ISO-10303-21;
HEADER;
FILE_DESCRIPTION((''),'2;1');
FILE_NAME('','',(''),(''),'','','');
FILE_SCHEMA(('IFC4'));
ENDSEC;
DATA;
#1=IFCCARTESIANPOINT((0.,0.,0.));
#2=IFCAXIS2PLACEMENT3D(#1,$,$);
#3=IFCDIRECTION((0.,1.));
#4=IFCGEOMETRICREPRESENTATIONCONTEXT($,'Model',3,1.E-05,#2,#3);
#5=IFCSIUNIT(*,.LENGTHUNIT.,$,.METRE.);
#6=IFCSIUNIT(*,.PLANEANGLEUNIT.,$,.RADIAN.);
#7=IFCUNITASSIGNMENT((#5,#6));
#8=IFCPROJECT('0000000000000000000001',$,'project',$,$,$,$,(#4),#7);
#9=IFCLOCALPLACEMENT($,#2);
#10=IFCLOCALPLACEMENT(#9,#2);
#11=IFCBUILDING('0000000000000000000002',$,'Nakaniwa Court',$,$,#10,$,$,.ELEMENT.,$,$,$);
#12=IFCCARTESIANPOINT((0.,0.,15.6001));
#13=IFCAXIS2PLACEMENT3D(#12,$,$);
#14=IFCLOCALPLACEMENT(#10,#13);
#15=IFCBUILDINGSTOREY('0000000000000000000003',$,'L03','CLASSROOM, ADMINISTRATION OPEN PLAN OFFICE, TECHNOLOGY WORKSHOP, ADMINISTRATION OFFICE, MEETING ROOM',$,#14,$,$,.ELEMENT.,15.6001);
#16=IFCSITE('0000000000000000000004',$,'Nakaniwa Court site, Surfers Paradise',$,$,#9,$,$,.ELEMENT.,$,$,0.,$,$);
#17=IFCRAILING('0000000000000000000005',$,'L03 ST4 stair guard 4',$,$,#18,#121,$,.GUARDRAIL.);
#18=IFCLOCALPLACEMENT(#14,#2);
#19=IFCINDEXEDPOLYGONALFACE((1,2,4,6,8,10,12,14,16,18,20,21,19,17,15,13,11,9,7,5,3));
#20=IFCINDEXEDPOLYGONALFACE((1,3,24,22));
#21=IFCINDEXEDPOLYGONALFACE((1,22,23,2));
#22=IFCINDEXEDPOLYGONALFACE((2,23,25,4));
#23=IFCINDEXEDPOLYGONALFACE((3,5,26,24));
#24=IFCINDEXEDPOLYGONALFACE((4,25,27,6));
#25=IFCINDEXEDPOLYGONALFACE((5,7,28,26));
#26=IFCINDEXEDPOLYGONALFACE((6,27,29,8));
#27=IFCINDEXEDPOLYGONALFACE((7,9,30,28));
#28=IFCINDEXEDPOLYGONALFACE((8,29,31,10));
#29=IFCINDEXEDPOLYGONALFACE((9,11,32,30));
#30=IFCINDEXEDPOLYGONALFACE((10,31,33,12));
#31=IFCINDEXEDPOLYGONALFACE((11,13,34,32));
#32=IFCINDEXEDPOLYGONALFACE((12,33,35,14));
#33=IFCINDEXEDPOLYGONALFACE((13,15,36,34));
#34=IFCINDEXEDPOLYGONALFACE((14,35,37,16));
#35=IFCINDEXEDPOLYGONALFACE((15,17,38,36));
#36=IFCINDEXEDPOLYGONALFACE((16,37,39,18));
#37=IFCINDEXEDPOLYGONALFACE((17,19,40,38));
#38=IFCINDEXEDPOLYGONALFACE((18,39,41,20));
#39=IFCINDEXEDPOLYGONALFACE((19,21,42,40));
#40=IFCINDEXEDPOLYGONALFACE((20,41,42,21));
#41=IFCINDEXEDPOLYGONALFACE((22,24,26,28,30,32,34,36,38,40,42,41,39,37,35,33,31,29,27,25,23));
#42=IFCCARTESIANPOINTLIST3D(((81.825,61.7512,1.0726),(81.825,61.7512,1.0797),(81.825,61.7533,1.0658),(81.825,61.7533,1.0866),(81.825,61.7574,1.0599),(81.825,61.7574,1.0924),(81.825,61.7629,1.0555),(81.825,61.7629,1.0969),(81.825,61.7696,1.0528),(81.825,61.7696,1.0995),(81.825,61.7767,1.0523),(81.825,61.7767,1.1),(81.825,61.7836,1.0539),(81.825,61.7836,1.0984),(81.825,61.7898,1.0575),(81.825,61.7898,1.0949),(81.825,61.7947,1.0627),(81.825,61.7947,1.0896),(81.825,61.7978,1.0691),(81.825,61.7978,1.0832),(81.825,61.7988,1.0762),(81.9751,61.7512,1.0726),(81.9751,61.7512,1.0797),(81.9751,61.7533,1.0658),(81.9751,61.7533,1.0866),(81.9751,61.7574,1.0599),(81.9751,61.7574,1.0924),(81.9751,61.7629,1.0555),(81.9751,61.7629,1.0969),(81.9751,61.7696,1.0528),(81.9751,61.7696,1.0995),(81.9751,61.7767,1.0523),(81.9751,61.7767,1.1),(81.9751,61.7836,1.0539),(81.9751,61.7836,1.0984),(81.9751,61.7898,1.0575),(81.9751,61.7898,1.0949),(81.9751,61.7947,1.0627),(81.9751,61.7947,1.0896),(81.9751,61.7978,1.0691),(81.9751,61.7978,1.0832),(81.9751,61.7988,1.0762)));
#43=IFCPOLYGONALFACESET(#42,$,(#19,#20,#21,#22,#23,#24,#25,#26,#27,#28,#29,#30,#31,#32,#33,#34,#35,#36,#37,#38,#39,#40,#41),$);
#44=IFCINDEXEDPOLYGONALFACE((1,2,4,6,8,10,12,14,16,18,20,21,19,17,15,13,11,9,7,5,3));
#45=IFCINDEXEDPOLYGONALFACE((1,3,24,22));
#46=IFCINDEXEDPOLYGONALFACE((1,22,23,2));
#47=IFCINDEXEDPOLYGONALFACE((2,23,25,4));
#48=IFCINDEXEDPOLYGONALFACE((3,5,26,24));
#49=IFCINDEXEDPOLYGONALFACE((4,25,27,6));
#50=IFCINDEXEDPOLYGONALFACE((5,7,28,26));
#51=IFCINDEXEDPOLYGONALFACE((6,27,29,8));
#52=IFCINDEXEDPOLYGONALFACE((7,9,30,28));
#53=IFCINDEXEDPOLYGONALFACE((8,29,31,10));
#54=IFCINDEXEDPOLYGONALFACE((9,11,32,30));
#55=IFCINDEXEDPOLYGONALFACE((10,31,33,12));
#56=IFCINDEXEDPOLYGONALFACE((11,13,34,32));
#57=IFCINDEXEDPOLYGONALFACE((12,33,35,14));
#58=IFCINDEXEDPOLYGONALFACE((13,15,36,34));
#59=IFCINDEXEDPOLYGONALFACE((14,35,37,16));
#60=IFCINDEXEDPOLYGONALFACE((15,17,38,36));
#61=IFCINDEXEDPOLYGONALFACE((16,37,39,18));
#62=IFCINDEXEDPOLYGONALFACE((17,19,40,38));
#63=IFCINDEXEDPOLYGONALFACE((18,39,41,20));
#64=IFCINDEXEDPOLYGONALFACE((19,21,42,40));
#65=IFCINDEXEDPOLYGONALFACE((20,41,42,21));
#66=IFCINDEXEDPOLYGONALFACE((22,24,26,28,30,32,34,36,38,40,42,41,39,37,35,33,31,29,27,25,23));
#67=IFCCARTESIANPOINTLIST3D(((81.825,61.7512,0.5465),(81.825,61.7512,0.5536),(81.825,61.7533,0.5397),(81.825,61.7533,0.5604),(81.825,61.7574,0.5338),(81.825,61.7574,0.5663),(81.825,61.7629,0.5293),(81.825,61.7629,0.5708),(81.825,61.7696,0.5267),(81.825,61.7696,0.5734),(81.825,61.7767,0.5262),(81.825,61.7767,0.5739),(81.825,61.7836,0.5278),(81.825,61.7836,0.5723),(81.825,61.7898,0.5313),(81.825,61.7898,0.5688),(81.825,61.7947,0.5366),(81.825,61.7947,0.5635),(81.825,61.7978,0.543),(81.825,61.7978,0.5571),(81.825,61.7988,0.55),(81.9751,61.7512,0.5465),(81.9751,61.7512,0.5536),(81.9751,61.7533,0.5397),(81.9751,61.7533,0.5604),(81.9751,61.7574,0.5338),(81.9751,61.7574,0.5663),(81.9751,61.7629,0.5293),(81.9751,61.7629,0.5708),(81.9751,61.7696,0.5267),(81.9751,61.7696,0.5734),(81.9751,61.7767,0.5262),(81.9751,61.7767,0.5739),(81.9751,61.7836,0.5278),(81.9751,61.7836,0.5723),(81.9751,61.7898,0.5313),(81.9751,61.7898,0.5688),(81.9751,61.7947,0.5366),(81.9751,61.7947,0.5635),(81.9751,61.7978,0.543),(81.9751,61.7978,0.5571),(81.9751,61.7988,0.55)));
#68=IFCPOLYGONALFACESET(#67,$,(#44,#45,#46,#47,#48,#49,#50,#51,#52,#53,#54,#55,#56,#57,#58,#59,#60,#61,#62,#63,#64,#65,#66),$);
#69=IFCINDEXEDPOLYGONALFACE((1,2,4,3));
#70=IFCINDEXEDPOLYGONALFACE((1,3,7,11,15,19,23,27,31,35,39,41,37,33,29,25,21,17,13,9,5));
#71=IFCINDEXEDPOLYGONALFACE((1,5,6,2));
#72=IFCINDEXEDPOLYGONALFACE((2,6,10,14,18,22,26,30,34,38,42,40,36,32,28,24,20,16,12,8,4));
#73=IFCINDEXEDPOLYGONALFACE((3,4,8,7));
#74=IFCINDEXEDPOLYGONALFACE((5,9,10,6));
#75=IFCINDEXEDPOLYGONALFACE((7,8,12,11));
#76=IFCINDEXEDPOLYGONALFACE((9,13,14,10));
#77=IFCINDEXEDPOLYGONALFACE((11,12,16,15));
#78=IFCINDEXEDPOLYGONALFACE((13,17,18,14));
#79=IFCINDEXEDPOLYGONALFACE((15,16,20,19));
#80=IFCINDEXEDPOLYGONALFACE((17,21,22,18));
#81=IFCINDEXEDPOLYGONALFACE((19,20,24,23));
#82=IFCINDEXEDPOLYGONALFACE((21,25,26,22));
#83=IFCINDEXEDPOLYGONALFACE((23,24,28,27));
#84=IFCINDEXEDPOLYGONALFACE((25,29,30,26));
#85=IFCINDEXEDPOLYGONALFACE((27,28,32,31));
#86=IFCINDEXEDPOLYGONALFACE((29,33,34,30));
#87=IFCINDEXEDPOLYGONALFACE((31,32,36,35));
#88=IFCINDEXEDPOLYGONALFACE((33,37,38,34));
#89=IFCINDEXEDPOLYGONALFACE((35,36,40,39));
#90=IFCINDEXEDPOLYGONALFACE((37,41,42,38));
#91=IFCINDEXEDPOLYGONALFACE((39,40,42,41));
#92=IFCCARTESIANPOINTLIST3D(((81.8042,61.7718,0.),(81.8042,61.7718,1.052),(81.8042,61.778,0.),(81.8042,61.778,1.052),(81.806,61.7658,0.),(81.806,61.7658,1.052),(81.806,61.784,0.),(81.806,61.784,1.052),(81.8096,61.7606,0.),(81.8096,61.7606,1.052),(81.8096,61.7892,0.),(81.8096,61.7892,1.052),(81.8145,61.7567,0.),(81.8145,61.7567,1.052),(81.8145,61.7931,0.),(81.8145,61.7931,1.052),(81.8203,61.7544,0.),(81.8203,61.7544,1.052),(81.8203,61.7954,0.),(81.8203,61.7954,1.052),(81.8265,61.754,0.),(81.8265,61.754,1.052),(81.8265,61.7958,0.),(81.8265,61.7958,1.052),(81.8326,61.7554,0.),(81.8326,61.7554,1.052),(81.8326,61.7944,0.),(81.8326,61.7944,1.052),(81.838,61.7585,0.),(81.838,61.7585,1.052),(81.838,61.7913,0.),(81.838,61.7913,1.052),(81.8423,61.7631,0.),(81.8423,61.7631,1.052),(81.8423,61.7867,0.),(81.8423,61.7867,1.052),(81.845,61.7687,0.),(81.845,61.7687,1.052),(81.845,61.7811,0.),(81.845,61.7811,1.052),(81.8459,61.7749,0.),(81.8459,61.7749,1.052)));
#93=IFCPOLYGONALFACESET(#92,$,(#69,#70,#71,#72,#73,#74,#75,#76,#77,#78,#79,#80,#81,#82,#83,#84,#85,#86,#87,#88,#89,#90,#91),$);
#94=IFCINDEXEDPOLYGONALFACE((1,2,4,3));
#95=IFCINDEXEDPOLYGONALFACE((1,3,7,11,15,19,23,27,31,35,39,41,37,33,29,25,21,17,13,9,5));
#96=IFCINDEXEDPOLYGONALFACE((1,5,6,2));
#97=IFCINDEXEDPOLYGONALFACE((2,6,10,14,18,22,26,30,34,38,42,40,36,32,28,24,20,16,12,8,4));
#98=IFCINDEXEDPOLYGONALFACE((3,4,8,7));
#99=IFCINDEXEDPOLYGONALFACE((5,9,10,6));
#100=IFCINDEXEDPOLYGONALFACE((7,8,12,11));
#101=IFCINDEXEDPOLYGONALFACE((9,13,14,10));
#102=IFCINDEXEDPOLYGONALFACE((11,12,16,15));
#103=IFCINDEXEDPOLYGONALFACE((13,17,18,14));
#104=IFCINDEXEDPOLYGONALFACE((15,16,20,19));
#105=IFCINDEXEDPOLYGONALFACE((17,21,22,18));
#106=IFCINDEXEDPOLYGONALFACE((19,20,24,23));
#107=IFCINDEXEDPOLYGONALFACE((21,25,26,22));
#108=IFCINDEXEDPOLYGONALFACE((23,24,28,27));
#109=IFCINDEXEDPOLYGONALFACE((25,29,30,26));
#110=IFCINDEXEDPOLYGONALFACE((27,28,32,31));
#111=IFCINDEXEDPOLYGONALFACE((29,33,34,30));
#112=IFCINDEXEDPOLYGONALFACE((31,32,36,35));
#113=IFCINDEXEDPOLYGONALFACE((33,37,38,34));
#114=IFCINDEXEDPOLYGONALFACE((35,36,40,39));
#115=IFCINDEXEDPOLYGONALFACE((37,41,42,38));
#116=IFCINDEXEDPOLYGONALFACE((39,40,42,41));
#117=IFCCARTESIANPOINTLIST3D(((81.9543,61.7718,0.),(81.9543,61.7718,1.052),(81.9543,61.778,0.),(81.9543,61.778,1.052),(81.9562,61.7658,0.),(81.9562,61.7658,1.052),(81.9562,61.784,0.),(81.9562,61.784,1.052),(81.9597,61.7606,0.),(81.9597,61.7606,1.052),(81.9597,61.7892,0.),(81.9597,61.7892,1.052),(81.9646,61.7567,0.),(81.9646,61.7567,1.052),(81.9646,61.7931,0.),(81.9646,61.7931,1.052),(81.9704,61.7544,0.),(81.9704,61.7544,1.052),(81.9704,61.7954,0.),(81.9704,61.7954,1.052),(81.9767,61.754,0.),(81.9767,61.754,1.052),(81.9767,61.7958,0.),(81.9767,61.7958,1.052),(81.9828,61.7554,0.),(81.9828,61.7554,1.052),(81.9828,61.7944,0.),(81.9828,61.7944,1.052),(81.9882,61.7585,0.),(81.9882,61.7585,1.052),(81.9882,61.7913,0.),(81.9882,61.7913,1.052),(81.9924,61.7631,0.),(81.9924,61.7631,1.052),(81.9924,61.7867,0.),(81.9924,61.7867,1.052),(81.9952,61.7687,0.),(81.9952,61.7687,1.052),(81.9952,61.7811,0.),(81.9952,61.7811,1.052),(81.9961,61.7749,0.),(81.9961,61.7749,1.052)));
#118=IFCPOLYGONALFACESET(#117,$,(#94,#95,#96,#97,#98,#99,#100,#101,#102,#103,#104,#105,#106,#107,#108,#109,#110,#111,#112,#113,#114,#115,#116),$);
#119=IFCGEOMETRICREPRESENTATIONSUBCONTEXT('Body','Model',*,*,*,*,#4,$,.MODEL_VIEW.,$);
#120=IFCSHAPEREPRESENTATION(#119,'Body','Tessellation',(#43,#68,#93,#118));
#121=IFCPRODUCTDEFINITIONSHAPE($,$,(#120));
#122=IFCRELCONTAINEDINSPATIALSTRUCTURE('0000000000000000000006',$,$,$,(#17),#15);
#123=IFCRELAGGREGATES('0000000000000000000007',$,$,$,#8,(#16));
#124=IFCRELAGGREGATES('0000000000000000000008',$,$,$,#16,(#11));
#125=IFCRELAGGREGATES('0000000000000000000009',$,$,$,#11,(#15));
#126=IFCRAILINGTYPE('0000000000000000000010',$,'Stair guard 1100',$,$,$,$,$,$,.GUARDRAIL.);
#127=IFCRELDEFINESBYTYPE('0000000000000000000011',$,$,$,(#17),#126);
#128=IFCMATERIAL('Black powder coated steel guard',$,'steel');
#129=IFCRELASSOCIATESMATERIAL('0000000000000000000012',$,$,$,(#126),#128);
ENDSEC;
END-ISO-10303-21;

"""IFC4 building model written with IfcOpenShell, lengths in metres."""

from ifc_helpers import new_model, si_unit, direction, frame, origin, origin_2d, place, context, subcontext, project, spatial, circle, extrude, material, type_object, element, save


model = new_model("IFC4")

# Units and contexts
model_context = context("Model", 3, precision=1e-05, world=origin(), true_north=direction((0.0, 1.0)))
body_context = subcontext(model_context, "Body", "Model", "MODEL_VIEW")
ifc_project = project(units=[si_unit("LENGTHUNIT", "METRE"), si_unit("PLANEANGLEUNIT", "RADIAN")], contexts=[model_context])

# Site, building, storey
site_placement = place(None, origin())
site = spatial("IfcSite", under=ifc_project, at=site_placement, Name="Nakaniwa Court site, Surfers Paradise", CompositionType="ELEMENT", RefElevation=0.0)
building_placement = place(site_placement, origin())
building = spatial("IfcBuilding", under=site, at=building_placement, Name="Nakaniwa Court", CompositionType="ELEMENT")
storey_placement = place(building_placement, frame((0.0, 0.0, 15.6001)))
storey = spatial("IfcBuildingStorey", under=building, at=storey_placement, Name="L03", Description="CLASSROOM, ADMINISTRATION OPEN PLAN OFFICE, TECHNOLOGY WORKSHOP, ADMINISTRATION OFFICE, MEETING ROOM", CompositionType="ELEMENT", Elevation=15.6001)

# Railing
ifc_material_1 = material(Name="Black powder coated steel guard", Category="steel")
railing_type_1 = type_object("IfcRailingType", Name="Stair guard 1100", PredefinedType="GUARDRAIL", material=ifc_material_1)
railing_1_placement = place(storey_placement, frame((81.825, 61.7749, 0.0)))
element("IfcRailing", 1, at=railing_1_placement, inside=storey, type_object=railing_type_1, Name="L03 ST4 stair guard 4", PredefinedType="GUARDRAIL", context=body_context, shape_type="SweptSolid", body=[
    extrude(circle(Radius=0.0239, at=origin_2d()), frame((0.0, 0.0, 1.0762), z_axis=(1.0, 0.0, 0.0), x_axis=(0.0, 1.0, 0.0)), (0.0, 0.0, 1.0), 0.1501),
    extrude(circle(Radius=0.0239, at=origin_2d()), frame((0.0, 0.0, 0.55), z_axis=(1.0, 0.0, 0.0), x_axis=(0.0, 1.0, 0.0)), (0.0, 0.0, 1.0), 0.1501),
    extrude(circle(Radius=0.021, at=origin_2d()), origin(), (0.0, 0.0, 1.0), 1.052),
    extrude(circle(Radius=0.021, at=origin_2d()), frame((0.1501, 0.0, 0.0)), (0.0, 0.0, 1.0), 1.052),
])

save(model, "model.ifc")
